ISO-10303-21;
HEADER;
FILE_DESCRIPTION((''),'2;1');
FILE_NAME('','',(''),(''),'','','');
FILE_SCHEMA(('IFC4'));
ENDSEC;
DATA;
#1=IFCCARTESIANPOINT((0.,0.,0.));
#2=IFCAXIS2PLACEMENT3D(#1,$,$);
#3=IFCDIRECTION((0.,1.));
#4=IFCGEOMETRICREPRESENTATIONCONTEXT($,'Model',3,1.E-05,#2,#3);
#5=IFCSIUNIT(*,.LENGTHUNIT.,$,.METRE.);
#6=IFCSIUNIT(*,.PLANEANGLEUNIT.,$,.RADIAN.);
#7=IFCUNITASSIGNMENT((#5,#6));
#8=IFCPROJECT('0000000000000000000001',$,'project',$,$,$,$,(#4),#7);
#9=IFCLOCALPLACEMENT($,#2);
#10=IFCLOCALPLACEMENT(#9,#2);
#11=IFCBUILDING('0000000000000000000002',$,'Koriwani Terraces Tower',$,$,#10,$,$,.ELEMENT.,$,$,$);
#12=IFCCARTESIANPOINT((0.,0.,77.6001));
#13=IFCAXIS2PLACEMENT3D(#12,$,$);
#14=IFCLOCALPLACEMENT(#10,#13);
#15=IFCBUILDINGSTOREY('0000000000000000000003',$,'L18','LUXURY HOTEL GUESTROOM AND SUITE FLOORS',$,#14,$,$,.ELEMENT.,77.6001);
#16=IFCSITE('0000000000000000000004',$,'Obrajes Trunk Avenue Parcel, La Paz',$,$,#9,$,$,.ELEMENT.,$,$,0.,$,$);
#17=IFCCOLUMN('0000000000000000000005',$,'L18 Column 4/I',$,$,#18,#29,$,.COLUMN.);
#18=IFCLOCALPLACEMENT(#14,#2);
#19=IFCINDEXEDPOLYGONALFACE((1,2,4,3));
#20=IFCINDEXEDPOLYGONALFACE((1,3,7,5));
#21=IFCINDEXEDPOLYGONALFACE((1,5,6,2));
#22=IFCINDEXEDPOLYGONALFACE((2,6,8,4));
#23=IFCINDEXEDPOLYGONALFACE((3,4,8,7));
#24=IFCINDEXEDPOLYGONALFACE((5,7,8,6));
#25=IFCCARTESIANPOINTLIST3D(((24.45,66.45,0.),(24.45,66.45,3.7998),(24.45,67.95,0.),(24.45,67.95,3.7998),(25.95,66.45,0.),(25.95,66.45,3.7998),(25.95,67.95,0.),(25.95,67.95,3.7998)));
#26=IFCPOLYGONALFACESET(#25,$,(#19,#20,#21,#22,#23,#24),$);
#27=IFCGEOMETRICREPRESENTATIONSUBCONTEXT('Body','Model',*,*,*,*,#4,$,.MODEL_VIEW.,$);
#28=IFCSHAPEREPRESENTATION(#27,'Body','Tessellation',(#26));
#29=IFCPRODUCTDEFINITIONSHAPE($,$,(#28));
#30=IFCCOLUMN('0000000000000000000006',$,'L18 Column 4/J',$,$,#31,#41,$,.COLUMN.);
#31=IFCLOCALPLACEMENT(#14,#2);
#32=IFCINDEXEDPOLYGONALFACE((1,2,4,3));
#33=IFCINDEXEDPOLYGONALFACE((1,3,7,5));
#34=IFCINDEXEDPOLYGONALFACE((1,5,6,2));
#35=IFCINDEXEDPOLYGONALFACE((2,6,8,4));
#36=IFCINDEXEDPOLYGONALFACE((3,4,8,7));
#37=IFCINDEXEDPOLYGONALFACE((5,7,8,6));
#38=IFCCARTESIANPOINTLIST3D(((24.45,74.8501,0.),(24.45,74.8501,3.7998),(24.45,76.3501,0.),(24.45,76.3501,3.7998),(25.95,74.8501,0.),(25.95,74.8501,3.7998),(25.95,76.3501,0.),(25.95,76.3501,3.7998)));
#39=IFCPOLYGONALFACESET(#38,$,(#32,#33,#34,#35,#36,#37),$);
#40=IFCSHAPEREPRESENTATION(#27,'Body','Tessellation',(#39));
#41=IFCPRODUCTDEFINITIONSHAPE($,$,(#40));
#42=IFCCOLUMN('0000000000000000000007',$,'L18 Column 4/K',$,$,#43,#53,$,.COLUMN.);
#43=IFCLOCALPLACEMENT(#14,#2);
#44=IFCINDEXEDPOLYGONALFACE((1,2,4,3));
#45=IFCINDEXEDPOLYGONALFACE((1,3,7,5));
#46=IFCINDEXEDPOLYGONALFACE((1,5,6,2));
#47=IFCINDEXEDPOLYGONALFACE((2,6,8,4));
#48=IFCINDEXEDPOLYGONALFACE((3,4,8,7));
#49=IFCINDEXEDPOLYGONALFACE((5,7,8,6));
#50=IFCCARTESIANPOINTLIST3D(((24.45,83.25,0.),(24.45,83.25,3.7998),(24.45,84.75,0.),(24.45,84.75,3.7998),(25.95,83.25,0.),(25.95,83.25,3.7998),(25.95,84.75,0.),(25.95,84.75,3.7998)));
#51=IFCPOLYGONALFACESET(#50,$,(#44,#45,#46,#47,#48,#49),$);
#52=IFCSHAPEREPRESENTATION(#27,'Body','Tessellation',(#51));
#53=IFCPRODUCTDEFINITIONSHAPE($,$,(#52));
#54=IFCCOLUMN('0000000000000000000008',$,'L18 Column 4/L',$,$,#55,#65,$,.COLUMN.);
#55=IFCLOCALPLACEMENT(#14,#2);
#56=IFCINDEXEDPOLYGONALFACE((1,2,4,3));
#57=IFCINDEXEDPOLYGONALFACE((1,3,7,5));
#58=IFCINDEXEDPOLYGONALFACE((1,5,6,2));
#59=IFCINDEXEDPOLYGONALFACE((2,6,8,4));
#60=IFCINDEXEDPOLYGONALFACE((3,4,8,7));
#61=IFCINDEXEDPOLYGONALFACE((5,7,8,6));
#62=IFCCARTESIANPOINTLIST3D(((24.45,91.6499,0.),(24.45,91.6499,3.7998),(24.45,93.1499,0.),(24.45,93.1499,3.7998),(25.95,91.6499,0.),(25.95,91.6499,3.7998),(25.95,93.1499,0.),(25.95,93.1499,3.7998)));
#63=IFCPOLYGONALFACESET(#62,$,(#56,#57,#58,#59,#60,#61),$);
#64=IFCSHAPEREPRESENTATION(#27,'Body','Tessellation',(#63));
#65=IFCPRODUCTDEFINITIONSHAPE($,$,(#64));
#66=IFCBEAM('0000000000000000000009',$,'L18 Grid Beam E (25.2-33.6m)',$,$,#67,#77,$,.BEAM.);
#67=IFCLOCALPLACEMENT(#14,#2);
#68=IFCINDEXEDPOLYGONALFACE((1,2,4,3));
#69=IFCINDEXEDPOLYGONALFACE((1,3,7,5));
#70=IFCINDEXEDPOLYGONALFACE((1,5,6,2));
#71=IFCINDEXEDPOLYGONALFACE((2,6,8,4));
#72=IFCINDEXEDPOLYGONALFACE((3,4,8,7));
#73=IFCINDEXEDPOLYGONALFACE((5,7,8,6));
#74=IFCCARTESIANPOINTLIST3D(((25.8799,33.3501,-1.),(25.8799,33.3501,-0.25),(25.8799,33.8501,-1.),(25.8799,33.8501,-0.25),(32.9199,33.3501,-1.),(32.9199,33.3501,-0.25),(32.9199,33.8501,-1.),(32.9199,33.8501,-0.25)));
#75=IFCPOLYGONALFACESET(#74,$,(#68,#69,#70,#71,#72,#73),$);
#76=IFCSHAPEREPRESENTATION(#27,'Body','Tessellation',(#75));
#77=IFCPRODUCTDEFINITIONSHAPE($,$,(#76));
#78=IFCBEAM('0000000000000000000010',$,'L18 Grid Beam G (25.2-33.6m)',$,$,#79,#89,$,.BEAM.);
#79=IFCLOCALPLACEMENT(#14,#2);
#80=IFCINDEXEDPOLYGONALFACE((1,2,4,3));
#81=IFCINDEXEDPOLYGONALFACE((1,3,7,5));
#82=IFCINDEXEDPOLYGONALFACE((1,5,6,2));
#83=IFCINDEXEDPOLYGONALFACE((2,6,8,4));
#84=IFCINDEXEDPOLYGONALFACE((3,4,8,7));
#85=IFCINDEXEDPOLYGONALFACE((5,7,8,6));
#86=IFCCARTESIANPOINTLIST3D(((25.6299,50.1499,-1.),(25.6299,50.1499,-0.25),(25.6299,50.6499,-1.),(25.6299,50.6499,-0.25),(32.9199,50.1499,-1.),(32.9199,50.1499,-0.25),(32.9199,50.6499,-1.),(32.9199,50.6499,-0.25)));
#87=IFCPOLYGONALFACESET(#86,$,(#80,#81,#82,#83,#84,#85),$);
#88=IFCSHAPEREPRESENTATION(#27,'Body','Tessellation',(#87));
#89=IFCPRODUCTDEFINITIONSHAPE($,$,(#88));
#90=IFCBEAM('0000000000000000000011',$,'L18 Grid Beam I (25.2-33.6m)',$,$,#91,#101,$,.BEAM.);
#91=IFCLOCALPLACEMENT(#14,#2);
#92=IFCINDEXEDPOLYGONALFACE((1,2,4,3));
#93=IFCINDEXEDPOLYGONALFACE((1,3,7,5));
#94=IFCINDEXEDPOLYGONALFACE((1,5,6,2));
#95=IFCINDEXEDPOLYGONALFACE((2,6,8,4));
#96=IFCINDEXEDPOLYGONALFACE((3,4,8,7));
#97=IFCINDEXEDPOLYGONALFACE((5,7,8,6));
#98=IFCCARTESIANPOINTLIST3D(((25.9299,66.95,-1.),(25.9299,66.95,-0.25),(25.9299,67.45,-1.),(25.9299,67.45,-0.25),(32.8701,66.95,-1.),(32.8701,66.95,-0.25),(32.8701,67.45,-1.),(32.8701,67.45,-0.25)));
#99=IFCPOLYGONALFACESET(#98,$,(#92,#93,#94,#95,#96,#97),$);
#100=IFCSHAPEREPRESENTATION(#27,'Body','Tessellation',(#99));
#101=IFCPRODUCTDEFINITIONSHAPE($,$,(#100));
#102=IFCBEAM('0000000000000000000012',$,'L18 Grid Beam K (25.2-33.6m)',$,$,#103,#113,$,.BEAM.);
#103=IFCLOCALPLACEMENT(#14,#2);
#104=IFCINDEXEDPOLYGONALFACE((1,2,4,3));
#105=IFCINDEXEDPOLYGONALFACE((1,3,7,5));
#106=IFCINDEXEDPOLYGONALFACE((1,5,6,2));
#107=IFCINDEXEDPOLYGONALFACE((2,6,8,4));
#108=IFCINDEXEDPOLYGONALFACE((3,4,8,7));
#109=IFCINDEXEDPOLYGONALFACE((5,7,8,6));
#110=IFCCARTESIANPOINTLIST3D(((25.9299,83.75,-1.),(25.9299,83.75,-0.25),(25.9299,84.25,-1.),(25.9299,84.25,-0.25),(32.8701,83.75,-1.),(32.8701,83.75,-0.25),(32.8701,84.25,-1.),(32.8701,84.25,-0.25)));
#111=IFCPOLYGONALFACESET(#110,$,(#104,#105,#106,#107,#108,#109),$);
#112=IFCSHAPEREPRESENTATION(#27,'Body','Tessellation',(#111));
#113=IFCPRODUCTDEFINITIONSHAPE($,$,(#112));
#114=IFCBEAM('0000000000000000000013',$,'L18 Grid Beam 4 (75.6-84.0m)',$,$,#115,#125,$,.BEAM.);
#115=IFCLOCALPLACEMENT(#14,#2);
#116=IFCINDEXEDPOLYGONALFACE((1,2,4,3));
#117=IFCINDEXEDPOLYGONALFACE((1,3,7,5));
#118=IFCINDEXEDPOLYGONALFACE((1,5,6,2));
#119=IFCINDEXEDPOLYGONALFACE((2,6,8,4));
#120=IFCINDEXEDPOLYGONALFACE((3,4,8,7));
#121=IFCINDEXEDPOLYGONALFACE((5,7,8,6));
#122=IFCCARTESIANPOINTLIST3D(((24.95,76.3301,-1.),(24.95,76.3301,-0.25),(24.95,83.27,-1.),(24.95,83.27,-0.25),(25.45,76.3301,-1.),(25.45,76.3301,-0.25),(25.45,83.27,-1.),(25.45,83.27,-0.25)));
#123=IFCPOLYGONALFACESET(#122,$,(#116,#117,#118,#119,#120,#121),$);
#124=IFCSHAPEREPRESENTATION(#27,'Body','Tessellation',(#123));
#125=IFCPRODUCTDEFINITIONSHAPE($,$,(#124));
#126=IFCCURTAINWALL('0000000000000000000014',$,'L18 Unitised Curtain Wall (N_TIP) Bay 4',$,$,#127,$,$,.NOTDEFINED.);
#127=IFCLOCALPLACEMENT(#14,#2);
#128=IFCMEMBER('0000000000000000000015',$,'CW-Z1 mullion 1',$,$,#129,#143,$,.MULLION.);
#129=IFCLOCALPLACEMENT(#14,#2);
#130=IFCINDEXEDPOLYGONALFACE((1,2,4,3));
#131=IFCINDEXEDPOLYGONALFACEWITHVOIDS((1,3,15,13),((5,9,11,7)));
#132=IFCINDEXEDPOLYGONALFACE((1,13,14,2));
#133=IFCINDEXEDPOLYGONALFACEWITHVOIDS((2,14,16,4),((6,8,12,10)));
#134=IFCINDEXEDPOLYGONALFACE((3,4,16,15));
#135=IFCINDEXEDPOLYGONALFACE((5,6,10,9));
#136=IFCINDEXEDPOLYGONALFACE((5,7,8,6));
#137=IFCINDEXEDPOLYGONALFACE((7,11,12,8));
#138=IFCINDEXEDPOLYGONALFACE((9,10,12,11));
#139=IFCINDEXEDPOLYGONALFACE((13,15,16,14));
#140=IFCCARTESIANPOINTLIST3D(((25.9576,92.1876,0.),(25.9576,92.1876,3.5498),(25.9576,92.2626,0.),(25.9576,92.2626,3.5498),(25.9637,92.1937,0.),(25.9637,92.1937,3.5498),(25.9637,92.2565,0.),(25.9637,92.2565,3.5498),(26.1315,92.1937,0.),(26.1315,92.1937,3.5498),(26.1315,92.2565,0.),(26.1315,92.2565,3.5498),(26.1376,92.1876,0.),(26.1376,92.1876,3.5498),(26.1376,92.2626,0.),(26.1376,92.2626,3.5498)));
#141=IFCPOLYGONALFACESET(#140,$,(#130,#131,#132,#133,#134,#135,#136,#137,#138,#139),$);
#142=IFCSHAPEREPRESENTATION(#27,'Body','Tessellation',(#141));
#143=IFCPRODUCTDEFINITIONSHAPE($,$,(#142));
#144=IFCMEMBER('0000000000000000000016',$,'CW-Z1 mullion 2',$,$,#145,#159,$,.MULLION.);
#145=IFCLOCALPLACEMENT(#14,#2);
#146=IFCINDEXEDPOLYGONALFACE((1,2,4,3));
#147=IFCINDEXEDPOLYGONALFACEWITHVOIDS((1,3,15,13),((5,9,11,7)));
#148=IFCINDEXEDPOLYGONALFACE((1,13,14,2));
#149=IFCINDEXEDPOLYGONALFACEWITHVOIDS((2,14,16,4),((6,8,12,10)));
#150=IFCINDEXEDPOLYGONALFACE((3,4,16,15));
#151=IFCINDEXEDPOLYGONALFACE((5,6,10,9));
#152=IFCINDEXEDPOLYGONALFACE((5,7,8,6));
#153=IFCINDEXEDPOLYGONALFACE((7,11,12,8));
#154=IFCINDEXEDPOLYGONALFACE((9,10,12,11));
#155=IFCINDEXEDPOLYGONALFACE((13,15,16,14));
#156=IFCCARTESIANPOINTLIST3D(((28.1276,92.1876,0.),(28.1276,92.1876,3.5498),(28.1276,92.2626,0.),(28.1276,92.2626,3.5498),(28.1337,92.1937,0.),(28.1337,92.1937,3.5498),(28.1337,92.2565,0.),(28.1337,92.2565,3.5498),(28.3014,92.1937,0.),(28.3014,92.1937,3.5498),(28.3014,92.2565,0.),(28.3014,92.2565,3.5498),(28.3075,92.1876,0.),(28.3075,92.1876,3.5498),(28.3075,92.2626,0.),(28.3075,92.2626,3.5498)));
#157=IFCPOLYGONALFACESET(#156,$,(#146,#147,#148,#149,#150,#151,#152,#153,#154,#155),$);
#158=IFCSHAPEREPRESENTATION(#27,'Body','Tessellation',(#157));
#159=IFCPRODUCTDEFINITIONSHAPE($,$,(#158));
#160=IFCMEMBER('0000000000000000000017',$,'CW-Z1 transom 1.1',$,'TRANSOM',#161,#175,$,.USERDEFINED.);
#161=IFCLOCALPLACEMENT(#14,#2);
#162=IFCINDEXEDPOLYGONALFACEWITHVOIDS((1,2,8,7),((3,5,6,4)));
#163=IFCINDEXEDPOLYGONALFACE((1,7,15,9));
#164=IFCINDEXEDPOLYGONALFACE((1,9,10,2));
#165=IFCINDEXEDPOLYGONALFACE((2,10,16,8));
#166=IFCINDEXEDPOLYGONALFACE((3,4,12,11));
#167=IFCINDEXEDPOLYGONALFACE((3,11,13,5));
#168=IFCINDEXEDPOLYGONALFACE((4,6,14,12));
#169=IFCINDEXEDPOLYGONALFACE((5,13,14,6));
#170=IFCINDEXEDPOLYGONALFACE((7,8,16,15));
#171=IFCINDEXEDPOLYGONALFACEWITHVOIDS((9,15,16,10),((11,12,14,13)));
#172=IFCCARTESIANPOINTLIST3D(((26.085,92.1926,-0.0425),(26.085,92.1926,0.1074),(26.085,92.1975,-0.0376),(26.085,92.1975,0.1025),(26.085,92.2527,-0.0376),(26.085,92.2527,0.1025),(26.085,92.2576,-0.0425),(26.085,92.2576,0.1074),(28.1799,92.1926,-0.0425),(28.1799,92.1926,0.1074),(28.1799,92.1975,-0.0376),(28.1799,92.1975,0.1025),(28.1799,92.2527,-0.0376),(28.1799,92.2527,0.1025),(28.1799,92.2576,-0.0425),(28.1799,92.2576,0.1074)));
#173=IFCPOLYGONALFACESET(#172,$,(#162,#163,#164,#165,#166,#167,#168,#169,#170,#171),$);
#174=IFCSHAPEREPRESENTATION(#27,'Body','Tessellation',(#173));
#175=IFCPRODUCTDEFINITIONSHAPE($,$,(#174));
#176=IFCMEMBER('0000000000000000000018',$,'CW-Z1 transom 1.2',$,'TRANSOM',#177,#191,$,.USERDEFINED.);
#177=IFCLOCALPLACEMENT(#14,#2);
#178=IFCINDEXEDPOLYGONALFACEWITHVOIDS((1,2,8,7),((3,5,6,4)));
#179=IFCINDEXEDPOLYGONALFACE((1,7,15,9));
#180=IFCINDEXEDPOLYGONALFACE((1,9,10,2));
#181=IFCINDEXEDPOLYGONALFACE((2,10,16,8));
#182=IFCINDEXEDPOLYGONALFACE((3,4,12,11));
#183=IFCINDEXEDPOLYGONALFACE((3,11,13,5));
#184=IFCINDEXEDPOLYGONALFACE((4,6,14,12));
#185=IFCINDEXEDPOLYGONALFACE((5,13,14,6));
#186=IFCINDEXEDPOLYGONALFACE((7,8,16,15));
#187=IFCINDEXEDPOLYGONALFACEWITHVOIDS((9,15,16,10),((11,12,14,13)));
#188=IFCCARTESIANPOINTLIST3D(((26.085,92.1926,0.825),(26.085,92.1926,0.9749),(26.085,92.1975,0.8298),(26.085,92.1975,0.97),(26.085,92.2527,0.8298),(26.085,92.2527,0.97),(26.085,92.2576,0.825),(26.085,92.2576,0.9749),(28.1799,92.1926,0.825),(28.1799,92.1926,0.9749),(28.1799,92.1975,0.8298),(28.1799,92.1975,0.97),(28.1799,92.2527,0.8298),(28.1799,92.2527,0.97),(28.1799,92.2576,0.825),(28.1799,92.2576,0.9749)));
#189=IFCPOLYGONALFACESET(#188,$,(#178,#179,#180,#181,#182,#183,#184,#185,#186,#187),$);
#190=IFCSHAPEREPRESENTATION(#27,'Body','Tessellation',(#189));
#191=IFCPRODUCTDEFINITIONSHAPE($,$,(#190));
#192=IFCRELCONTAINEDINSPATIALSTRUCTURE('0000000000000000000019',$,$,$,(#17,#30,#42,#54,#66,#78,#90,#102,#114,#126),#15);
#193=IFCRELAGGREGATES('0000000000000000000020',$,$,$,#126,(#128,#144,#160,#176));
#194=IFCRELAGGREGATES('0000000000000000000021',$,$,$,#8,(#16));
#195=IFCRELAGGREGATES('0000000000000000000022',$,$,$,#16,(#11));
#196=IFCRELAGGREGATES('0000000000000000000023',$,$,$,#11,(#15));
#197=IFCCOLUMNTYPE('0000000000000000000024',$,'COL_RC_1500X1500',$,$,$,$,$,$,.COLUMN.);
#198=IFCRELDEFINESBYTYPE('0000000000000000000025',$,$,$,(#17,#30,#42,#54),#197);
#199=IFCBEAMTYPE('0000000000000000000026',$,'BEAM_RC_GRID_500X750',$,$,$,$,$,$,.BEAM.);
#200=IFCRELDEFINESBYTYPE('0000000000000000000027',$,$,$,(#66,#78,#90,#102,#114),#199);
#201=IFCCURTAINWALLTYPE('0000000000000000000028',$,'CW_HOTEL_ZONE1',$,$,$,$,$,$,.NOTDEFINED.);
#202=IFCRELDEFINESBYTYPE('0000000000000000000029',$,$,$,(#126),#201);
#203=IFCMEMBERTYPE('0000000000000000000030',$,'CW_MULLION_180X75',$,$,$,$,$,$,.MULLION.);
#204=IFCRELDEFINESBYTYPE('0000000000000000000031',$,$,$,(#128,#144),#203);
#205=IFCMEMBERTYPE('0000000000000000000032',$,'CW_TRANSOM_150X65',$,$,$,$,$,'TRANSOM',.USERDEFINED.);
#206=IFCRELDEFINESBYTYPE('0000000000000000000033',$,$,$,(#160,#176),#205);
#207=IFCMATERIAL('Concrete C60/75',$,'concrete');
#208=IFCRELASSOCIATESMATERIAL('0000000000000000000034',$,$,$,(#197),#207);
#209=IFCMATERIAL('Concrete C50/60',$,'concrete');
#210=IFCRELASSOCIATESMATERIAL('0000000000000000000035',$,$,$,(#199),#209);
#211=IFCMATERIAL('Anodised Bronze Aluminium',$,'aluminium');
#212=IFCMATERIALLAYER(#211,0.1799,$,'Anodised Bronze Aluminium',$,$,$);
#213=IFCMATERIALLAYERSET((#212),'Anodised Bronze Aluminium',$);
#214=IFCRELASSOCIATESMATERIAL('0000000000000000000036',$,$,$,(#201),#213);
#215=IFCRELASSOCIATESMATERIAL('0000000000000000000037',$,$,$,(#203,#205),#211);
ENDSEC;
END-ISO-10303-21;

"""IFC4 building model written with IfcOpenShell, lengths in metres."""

from ifc_helpers import new_model, si_unit, direction, frame, origin, origin_2d, place, context, subcontext, project, spatial, rectangle, hollow_rectangle, extrude, material, layer, layer_set, material_profile, profile_set, type_object, element, aggregate, save


model = new_model("IFC4")

# Units and contexts
model_context = context("Model", 3, precision=1e-05, world=origin(), true_north=direction((0.0, 1.0)))
body_context = subcontext(model_context, "Body", "Model", "MODEL_VIEW")
ifc_project = project(units=[si_unit("LENGTHUNIT", "METRE"), si_unit("PLANEANGLEUNIT", "RADIAN")], contexts=[model_context])

# Site, building, storey
site_placement = place(None, origin())
site = spatial("IfcSite", under=ifc_project, at=site_placement, Name="Obrajes Trunk Avenue Parcel, La Paz", CompositionType="ELEMENT", RefElevation=0.0)
building_placement = place(site_placement, origin())
building = spatial("IfcBuilding", under=site, at=building_placement, Name="Koriwani Terraces Tower", CompositionType="ELEMENT")
storey_placement = place(building_placement, frame((0.0, 0.0, 77.6001)))
storey = spatial("IfcBuildingStorey", under=building, at=storey_placement, Name="L18", Description="LUXURY HOTEL GUESTROOM AND SUITE FLOORS", CompositionType="ELEMENT", Elevation=77.6001)

# Columns
ifc_material_1 = material(Name="Concrete C60/75", Category="concrete")
ifc_material_profile_1 = material_profile(ifc_material_1, rectangle(XDim=1.5, YDim=1.5, at=origin_2d()), Name="Concrete C60/75", Category="LoadBearing")
ifc_profile_set_1 = profile_set([ifc_material_profile_1], Name="Concrete C60/75")
column_type = type_object("IfcColumnType", Name="COL_RC_1500X1500", PredefinedType="COLUMN", material=ifc_profile_set_1)
for number, where, z_axis, x_axis, name in (
    (1, (25.2, 67.2, 0.0), (0.0, 0.0, 1.0), (1.0, 0.0, 0.0), "L18 Column 4/I"),
    (2, (25.2, 75.6001, 0.0), (0.0, 0.0, 1.0), (1.0, 0.0, 0.0), "L18 Column 4/J"),
    (3, (25.2, 84.0, 0.0), (0.0, 0.0, 1.0), (1.0, 0.0, 0.0), "L18 Column 4/K"),
    (4, (25.2, 92.3999, 0.0), (0.0, 0.0, 1.0), (1.0, 0.0, 0.0), "L18 Column 4/L"),
):
    element("IfcColumn", number, at=place(storey_placement, frame(where, z_axis=z_axis, x_axis=x_axis)), inside=storey, type_object=column_type, Name=name, PredefinedType="COLUMN", context=body_context, shape_type="SweptSolid", body=[
        extrude(rectangle(XDim=1.5, YDim=1.5, at=origin_2d()), origin(), (0.0, 0.0, 1.0), 3.7998),
    ])

# Beams
ifc_material_2 = material(Name="Concrete C50/60", Category="concrete")
ifc_material_profile_2 = material_profile(ifc_material_2, rectangle(XDim=0.5, YDim=0.75, at=origin_2d()), Name="Concrete C50/60", Category="LoadBearing")
ifc_profile_set_2 = profile_set([ifc_material_profile_2], Name="Concrete C50/60")
beam_type_1 = type_object("IfcBeamType", Name="BEAM_RC_GRID_500X750", PredefinedType="BEAM", material=ifc_profile_set_2)
beam_1_placement = place(storey_placement, frame((25.8799, 33.6001, -0.625), z_axis=(1.0, 0.0, 0.0), x_axis=(0.0, 1.0, 0.0)))
element("IfcBeam", 5, at=beam_1_placement, inside=storey, type_object=beam_type_1, Name="L18 Grid Beam E (25.2-33.6m)", PredefinedType="BEAM", context=body_context, shape_type="SweptSolid", body=[
    extrude(rectangle(XDim=0.5, YDim=0.75, at=origin_2d()), origin(), (0.0, 0.0, 1.0), 7.04),
])
beam_2_placement = place(storey_placement, frame((25.6299, 50.3999, -0.625), z_axis=(1.0, 0.0, 0.0), x_axis=(0.0, 1.0, 0.0)))
element("IfcBeam", 6, at=beam_2_placement, inside=storey, type_object=beam_type_1, Name="L18 Grid Beam G (25.2-33.6m)", PredefinedType="BEAM", context=body_context, shape_type="SweptSolid", body=[
    extrude(rectangle(XDim=0.5, YDim=0.75, at=origin_2d()), origin(), (0.0, 0.0, 1.0), 7.29),
])
for number, where, z_axis, x_axis, name in (
    (7, (25.9299, 67.2, -0.625), (1.0, 0.0, 0.0), (0.0, 1.0, 0.0), "L18 Grid Beam I (25.2-33.6m)"),
    (8, (25.9299, 84.0, -0.625), (1.0, 0.0, 0.0), (0.0, 1.0, 0.0), "L18 Grid Beam K (25.2-33.6m)"),
):
    element("IfcBeam", number, at=place(storey_placement, frame(where, z_axis=z_axis, x_axis=x_axis)), inside=storey, type_object=beam_type_1, Name=name, PredefinedType="BEAM", context=body_context, shape_type="SweptSolid", body=[
        extrude(rectangle(XDim=0.5, YDim=0.75, at=origin_2d()), origin(), (0.0, 0.0, 1.0), 6.9402),
    ])
beam_3_placement = place(storey_placement, frame((25.2, 76.3301, -0.625), z_axis=(0.0, 1.0, 0.0), x_axis=(-1.0, 0.0, 0.0)))
element("IfcBeam", 9, at=beam_3_placement, inside=storey, type_object=beam_type_1, Name="L18 Grid Beam 4 (75.6-84.0m)", PredefinedType="BEAM", context=body_context, shape_type="SweptSolid", body=[
    extrude(rectangle(XDim=0.5, YDim=0.75, at=origin_2d()), origin(), (0.0, 0.0, 1.0), 6.9399),
])

# Curtain wall, members
ifc_material_3 = material(Name="Anodised Bronze Aluminium", Category="aluminium")
ifc_layer_1 = layer(ifc_material_3, 0.1799, Name="Anodised Bronze Aluminium")
ifc_layer_set_1 = layer_set([ifc_layer_1], Name="Anodised Bronze Aluminium")
curtain_wall_type = type_object("IfcCurtainWallType", Name="CW_HOTEL_ZONE1", PredefinedType="NOTDEFINED", material=ifc_layer_set_1)
curtain_wall_placement = place(storey_placement, origin())
curtain_wall = element("IfcCurtainWall", 10, at=curtain_wall_placement, inside=storey, type_object=curtain_wall_type, Name="L18 Unitised Curtain Wall (N_TIP) Bay 4", PredefinedType="NOTDEFINED")
ifc_material_profile_3 = material_profile(ifc_material_3, hollow_rectangle(XDim=0.075, YDim=0.1799, WallThickness=0.0061, at=origin_2d()), Name="Anodised Bronze Aluminium", Category="LoadBearing")
ifc_profile_set_3 = profile_set([ifc_material_profile_3], Name="Anodised Bronze Aluminium")
member_type_1 = type_object("IfcMemberType", Name="CW_MULLION_180X75", PredefinedType="MULLION", material=ifc_profile_set_3)
member_1_placement = place(storey_placement, frame((26.0476, 92.2251, 0.0), z_axis=(0.0, 0.0, 1.0), x_axis=(0.0, 1.0, 0.0)))
member_1 = element("IfcMember", 11, at=member_1_placement, type_object=member_type_1, Name="CW-Z1 mullion 1", PredefinedType="MULLION", context=body_context, shape_type="SweptSolid", body=[
    extrude(hollow_rectangle(XDim=0.075, YDim=0.1799, WallThickness=0.0061, at=origin_2d()), origin(), (0.0, 0.0, 1.0), 3.5498),
])
member_2_placement = place(storey_placement, frame((28.2175, 92.2251, 0.0), z_axis=(0.0, 0.0, 1.0), x_axis=(0.0, 1.0, 0.0)))
member_2 = element("IfcMember", 12, at=member_2_placement, type_object=member_type_1, Name="CW-Z1 mullion 2", PredefinedType="MULLION", context=body_context, shape_type="SweptSolid", body=[
    extrude(hollow_rectangle(XDim=0.075, YDim=0.1799, WallThickness=0.0061, at=origin_2d()), origin(), (0.0, 0.0, 1.0), 3.5498),
])
ifc_material_profile_4 = material_profile(ifc_material_3, hollow_rectangle(XDim=0.0649, YDim=0.1499, WallThickness=0.0049, at=origin_2d()), Name="Anodised Bronze Aluminium", Category="LoadBearing")
ifc_profile_set_4 = profile_set([ifc_material_profile_4], Name="Anodised Bronze Aluminium")
member_type_2 = type_object("IfcMemberType", Name="CW_TRANSOM_150X65", ElementType="TRANSOM", PredefinedType="USERDEFINED", material=ifc_profile_set_4)
member_3_placement = place(storey_placement, frame((26.085, 92.2251, 0.0325), z_axis=(1.0, 0.0, 0.0), x_axis=(0.0, 1.0, 0.0)))
member_3 = element("IfcMember", 13, at=member_3_placement, type_object=member_type_2, Name="CW-Z1 transom 1.1", ObjectType="TRANSOM", PredefinedType="USERDEFINED", context=body_context, shape_type="SweptSolid", body=[
    extrude(hollow_rectangle(XDim=0.0649, YDim=0.1499, WallThickness=0.0049, at=origin_2d()), origin(), (0.0, 0.0, 1.0), 2.095),
])
member_4_placement = place(storey_placement, frame((26.085, 92.2251, 0.8999), z_axis=(1.0, 0.0, 0.0), x_axis=(0.0, 1.0, 0.0)))
member_4 = element("IfcMember", 14, at=member_4_placement, type_object=member_type_2, Name="CW-Z1 transom 1.2", ObjectType="TRANSOM", PredefinedType="USERDEFINED", context=body_context, shape_type="SweptSolid", body=[
    extrude(hollow_rectangle(XDim=0.0649, YDim=0.1499, WallThickness=0.0049, at=origin_2d()), origin(), (0.0, 0.0, 1.0), 2.095),
])

aggregate(curtain_wall, [member_1, member_2, member_3, member_4])

save(model, "model.ifc")
